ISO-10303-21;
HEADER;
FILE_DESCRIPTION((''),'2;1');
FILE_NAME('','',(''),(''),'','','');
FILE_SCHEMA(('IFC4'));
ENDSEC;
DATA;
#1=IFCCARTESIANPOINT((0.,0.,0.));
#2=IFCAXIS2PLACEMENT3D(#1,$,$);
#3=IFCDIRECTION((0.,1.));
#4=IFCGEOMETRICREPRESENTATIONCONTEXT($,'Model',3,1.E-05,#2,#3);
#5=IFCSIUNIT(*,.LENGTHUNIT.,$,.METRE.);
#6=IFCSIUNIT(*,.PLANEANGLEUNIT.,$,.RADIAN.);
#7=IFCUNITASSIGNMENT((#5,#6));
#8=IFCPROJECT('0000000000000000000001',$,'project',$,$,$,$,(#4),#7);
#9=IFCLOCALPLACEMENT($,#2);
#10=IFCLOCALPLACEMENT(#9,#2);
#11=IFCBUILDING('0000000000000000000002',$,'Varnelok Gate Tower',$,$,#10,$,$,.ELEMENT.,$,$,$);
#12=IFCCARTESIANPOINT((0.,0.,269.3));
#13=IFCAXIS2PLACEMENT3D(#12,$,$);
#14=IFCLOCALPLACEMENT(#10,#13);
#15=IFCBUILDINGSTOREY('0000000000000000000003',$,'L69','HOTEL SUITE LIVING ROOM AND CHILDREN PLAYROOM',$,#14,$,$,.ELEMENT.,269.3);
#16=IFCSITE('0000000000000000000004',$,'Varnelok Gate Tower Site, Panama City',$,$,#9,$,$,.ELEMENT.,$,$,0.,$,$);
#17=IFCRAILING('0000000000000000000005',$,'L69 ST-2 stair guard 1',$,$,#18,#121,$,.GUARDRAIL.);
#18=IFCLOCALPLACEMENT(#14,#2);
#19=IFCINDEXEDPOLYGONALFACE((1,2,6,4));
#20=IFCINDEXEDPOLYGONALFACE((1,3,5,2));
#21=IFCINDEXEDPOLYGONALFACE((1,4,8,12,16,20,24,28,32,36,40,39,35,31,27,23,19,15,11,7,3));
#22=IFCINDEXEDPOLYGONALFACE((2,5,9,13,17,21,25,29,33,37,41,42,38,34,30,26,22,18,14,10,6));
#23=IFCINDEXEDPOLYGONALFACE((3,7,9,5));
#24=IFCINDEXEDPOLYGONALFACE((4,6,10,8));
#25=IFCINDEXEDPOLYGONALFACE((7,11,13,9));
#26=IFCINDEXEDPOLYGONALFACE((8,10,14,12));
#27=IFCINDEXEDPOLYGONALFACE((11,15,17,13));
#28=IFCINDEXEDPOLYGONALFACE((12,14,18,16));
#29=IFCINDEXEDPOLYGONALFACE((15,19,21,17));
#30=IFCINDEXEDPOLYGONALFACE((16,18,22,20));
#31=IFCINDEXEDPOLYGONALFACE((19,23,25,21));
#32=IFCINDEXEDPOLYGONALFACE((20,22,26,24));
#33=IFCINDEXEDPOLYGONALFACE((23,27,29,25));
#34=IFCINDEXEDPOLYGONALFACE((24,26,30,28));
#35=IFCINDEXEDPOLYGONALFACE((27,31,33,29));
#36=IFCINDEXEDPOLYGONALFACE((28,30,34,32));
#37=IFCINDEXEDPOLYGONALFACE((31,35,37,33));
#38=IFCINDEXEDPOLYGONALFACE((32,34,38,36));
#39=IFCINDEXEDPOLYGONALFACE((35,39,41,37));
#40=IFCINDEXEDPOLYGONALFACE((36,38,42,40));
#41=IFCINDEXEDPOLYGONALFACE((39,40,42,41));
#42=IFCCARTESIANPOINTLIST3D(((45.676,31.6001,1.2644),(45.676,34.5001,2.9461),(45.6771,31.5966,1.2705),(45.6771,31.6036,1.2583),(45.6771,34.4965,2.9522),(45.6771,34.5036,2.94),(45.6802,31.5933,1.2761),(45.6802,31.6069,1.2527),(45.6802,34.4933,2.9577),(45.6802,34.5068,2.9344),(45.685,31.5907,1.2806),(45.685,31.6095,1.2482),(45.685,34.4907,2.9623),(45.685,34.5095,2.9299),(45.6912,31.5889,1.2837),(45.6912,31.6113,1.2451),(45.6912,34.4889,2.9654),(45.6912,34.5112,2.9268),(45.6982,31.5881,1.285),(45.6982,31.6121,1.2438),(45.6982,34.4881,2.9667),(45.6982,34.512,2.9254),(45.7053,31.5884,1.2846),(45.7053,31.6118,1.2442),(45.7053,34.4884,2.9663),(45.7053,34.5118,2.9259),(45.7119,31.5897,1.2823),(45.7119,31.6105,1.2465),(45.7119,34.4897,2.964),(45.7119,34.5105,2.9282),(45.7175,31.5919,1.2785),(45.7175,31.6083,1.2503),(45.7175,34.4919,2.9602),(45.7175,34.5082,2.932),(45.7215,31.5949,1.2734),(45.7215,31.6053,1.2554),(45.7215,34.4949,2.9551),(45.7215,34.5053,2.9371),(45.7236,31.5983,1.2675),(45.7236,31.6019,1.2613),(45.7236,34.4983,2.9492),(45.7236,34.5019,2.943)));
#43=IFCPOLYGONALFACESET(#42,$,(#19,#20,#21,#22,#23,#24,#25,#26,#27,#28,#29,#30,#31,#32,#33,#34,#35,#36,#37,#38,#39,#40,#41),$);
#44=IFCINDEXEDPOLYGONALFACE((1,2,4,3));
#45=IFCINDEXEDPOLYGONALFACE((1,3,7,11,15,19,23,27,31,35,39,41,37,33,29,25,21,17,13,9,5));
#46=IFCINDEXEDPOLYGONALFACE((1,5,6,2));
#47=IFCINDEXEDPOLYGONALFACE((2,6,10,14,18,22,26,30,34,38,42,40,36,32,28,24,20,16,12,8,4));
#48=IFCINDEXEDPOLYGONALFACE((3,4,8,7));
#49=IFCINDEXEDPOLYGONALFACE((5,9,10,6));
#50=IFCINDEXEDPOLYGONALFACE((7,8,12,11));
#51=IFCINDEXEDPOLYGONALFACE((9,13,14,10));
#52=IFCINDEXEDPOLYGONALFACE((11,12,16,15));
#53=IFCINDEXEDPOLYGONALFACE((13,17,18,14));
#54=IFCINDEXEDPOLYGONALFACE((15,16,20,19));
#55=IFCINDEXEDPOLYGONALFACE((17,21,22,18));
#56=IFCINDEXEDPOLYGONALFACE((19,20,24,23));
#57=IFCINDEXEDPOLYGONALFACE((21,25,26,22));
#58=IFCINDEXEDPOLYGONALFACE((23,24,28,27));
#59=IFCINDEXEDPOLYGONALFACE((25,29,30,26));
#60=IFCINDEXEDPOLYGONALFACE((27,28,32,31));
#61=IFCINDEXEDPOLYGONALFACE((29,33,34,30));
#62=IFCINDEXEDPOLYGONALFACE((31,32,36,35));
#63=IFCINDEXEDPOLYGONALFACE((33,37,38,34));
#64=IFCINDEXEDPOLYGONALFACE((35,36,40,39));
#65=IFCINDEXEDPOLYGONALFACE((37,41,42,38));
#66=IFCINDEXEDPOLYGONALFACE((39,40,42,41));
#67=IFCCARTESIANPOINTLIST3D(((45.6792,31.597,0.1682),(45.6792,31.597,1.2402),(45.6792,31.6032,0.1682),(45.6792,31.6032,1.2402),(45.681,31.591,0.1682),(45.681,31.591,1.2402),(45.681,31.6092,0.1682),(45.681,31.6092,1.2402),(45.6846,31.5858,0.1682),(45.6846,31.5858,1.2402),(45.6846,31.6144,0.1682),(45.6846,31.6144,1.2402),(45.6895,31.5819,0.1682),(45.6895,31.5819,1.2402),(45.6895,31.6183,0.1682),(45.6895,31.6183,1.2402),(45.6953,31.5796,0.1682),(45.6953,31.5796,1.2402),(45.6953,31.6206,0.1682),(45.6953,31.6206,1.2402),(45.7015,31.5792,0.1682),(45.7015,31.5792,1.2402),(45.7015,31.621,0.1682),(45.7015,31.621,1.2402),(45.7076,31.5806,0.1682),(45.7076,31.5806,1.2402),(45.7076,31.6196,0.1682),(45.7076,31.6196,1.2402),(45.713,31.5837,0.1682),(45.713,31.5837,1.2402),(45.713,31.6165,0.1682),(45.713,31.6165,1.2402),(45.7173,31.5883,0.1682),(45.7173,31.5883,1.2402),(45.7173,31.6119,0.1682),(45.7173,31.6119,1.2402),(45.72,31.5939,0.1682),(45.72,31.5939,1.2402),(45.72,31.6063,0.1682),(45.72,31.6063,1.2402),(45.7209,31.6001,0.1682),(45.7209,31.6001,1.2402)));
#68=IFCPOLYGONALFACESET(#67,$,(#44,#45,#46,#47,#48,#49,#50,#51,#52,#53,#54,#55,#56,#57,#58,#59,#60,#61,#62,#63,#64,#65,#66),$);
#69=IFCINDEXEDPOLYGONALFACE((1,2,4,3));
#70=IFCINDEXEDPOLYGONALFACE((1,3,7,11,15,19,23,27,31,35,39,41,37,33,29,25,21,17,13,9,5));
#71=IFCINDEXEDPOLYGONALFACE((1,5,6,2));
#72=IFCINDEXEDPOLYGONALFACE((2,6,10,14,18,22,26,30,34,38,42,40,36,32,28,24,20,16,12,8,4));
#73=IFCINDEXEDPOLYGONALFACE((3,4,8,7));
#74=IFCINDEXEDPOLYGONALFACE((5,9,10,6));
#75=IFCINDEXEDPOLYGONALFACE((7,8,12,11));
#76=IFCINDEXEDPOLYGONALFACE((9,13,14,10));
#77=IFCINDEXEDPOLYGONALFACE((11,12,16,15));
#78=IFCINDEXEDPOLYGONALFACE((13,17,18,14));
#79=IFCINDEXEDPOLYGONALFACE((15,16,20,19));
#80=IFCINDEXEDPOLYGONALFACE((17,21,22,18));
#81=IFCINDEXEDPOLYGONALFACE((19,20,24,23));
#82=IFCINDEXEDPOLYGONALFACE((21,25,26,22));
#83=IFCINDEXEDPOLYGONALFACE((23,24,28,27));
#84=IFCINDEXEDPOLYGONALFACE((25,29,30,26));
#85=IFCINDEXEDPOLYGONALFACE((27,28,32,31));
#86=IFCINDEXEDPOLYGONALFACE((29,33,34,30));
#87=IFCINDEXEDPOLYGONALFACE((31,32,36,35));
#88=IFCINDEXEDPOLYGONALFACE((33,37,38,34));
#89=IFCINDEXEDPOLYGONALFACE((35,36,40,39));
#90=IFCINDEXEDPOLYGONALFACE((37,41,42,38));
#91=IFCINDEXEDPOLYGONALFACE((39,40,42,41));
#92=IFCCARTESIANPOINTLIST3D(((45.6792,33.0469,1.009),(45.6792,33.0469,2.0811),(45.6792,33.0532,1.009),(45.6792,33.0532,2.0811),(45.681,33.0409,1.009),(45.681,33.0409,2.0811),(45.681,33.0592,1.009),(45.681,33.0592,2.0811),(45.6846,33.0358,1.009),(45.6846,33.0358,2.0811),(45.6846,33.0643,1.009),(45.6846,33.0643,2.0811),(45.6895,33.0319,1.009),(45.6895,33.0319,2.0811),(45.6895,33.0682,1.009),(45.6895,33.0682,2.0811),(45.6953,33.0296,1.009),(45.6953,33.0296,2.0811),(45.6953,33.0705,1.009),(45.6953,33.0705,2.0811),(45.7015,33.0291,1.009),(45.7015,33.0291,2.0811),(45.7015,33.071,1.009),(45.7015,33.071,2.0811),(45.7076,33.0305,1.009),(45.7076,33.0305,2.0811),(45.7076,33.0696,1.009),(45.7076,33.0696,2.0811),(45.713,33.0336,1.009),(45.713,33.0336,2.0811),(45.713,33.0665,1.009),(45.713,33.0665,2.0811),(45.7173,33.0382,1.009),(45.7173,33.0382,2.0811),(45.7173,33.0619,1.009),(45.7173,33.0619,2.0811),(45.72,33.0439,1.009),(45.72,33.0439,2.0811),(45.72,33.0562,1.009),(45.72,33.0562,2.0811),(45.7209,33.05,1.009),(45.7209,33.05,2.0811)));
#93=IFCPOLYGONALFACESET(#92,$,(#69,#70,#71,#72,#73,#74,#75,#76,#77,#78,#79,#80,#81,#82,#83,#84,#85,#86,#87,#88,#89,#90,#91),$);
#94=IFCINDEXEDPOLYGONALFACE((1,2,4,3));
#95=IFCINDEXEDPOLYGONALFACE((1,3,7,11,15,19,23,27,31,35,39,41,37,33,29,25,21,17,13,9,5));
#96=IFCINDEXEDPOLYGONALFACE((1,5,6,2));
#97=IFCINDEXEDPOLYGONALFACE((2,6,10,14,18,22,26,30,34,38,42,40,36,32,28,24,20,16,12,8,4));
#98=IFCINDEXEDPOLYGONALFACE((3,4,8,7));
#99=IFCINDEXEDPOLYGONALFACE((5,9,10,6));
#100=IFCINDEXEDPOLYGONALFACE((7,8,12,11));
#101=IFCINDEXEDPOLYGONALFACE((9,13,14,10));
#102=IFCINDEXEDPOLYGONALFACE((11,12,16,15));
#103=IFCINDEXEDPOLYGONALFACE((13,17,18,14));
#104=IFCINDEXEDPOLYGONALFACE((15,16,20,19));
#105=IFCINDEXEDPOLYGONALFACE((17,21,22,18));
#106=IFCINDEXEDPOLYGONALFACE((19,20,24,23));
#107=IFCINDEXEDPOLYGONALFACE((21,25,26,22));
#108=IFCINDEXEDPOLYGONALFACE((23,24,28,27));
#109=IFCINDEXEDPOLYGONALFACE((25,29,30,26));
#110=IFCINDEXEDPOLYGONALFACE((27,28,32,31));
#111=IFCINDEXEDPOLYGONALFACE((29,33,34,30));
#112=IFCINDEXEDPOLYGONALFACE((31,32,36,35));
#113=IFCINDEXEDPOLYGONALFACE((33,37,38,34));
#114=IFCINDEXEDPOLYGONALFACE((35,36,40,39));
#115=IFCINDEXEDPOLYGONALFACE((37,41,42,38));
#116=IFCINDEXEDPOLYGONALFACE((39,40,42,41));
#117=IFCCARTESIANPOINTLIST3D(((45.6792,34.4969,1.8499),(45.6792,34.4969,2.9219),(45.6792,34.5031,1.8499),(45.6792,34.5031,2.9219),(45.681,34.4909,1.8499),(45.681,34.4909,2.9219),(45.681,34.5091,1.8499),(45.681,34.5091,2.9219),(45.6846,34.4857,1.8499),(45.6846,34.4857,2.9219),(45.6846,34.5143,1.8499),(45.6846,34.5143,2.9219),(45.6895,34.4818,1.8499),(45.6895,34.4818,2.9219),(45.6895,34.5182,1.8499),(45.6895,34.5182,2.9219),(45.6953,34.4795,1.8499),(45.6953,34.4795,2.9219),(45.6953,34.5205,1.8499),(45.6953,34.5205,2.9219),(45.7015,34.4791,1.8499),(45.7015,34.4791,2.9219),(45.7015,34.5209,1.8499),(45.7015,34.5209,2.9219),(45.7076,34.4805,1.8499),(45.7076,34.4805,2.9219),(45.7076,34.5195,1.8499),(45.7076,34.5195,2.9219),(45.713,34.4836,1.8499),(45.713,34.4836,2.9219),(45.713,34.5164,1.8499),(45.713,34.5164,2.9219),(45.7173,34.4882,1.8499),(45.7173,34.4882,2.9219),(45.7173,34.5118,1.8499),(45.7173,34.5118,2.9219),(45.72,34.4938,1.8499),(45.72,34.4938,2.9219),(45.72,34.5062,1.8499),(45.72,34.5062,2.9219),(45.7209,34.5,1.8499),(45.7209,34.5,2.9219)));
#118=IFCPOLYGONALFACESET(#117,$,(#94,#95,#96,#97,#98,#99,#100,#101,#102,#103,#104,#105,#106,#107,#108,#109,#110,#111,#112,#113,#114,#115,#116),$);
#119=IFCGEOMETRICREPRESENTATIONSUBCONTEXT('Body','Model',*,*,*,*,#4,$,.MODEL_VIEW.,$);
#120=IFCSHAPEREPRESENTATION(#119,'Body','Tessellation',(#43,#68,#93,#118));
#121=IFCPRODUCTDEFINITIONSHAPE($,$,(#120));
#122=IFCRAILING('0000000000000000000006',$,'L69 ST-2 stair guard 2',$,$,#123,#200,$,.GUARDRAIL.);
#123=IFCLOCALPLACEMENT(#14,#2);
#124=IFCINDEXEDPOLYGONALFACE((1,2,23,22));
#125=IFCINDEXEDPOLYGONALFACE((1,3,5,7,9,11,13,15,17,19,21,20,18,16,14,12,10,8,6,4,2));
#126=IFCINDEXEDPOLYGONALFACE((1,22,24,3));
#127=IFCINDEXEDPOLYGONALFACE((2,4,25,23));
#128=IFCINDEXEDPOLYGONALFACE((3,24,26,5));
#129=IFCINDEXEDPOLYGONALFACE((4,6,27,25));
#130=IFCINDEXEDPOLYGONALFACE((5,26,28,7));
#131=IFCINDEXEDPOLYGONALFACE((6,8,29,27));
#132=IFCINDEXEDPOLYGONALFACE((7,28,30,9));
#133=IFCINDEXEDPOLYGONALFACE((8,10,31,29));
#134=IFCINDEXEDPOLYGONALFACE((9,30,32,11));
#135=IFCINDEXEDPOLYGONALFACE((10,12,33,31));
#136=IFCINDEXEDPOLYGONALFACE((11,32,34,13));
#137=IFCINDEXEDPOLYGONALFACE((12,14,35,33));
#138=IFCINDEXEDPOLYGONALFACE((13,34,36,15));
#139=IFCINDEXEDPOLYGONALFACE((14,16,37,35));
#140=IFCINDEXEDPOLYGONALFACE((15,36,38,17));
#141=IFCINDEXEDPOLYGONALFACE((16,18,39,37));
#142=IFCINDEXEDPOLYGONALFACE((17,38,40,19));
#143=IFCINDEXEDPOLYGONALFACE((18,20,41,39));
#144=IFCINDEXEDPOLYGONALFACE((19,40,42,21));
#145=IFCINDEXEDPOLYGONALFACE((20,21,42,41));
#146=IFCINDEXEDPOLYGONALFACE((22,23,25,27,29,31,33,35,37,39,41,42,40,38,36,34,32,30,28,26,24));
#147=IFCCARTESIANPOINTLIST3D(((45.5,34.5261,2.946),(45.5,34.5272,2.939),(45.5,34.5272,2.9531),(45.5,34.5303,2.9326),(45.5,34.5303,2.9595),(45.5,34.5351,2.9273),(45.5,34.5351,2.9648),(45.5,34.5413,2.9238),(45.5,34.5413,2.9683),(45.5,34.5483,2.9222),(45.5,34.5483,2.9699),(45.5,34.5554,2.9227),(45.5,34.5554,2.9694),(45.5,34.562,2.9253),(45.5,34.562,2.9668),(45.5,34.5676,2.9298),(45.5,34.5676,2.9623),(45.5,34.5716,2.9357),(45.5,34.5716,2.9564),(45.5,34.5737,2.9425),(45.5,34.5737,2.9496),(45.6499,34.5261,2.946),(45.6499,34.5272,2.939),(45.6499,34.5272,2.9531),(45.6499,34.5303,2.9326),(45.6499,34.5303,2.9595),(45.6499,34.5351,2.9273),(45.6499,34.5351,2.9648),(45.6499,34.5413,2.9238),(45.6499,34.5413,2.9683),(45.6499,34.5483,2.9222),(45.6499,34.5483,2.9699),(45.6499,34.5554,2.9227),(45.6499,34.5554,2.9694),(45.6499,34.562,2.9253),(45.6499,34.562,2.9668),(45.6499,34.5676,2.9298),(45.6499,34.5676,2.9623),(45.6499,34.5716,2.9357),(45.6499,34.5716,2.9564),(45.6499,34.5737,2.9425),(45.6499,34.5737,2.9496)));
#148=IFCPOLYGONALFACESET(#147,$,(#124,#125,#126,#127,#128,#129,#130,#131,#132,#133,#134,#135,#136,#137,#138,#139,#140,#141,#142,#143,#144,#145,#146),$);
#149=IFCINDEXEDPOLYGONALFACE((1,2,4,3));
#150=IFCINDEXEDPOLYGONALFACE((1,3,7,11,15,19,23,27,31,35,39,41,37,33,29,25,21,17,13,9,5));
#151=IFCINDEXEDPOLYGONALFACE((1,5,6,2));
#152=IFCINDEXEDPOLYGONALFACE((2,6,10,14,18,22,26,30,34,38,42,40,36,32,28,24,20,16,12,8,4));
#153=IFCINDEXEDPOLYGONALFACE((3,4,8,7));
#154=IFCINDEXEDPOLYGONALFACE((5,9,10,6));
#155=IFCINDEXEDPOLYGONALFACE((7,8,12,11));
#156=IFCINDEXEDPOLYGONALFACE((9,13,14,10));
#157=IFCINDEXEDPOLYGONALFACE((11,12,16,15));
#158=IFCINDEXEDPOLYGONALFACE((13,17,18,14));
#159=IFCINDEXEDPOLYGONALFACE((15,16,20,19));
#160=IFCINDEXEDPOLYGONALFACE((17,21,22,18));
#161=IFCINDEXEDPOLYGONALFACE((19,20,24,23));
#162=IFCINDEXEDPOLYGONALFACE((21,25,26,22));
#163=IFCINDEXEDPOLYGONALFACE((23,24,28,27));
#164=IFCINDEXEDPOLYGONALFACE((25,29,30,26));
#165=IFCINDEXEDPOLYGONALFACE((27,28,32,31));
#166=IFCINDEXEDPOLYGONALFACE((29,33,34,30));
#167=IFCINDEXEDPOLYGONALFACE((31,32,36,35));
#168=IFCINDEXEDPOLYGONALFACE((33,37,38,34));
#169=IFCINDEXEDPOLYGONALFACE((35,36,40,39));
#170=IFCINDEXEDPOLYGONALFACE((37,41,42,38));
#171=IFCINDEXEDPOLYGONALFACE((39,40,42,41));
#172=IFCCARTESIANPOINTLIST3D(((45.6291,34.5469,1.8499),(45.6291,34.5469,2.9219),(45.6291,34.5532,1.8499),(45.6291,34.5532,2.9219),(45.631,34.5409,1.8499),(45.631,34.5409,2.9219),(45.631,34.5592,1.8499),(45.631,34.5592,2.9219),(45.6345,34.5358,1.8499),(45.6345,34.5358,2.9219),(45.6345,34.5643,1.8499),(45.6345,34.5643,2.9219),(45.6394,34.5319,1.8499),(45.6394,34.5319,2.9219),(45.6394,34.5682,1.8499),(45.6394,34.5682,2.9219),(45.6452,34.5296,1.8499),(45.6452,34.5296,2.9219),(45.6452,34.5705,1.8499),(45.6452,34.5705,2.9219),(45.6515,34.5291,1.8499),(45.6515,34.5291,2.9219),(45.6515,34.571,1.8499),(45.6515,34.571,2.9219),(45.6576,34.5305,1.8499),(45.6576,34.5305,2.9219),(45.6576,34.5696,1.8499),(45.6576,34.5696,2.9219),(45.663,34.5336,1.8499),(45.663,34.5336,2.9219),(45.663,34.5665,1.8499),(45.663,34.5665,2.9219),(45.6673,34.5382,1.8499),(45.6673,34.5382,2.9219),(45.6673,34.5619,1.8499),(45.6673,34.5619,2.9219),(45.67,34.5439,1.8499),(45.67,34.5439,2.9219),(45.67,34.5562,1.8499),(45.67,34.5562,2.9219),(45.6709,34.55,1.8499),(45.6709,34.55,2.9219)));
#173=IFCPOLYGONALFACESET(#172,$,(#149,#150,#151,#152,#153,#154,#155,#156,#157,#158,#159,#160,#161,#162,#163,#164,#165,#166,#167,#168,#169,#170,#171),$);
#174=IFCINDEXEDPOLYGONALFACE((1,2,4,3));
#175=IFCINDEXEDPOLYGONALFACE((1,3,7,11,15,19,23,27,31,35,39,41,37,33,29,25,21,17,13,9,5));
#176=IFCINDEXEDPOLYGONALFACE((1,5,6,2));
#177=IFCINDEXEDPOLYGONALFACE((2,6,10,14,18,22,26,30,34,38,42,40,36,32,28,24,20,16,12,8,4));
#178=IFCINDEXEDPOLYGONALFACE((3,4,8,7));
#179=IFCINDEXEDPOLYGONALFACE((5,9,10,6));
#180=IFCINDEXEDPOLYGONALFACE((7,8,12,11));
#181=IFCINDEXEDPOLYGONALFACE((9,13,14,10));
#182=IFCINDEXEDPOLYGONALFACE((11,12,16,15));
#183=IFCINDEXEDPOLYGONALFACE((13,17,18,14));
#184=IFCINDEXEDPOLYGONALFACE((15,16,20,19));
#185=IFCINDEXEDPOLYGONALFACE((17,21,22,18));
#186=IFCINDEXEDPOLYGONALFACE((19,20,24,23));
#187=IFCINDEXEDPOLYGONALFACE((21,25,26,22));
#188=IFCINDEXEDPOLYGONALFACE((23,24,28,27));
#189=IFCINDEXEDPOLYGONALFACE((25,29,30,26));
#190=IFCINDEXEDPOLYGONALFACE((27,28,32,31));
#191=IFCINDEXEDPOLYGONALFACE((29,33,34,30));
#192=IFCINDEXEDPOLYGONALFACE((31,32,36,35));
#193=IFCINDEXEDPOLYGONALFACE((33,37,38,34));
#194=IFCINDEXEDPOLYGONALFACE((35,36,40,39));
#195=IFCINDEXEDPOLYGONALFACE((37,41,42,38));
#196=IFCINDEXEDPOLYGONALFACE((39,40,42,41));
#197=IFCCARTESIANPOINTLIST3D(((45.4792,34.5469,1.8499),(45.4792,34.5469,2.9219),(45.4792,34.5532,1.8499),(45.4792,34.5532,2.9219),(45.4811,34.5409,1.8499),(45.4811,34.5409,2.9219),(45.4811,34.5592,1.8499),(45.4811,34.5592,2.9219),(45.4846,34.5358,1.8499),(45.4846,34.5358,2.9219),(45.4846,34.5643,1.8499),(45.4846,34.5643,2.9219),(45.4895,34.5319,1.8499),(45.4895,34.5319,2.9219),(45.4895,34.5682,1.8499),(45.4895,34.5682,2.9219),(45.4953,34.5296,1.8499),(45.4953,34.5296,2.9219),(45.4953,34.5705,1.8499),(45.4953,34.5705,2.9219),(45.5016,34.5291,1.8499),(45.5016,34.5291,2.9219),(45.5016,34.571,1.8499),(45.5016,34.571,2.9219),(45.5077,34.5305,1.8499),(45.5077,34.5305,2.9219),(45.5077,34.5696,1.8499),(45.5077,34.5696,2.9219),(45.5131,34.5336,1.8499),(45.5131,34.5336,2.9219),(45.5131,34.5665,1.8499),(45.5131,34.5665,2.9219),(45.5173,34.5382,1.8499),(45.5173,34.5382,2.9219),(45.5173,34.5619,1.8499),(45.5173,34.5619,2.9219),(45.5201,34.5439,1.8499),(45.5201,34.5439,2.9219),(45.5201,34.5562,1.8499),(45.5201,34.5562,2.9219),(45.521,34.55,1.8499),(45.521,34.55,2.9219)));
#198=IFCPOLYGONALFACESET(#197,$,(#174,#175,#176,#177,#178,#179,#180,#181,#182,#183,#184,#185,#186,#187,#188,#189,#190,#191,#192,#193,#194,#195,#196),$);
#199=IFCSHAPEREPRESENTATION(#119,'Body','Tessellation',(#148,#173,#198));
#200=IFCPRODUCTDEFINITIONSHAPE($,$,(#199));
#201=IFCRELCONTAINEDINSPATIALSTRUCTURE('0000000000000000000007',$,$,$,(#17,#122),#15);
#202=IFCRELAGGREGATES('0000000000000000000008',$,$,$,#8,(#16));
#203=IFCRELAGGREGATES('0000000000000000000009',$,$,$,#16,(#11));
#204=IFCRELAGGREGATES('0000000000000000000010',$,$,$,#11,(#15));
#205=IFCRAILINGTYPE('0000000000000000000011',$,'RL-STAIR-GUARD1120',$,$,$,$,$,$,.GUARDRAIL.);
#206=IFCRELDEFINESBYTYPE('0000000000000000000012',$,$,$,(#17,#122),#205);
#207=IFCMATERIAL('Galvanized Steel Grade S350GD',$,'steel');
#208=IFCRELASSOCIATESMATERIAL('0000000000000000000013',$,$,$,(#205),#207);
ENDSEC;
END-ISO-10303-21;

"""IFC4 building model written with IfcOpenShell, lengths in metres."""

from ifc_helpers import new_model, si_unit, direction, frame, origin, origin_2d, place, context, subcontext, project, spatial, circle, extrude, material, type_object, element, save


model = new_model("IFC4")

# Units and contexts
model_context = context("Model", 3, precision=1e-05, world=origin(), true_north=direction((0.0, 1.0)))
body_context = subcontext(model_context, "Body", "Model", "MODEL_VIEW")
ifc_project = project(units=[si_unit("LENGTHUNIT", "METRE"), si_unit("PLANEANGLEUNIT", "RADIAN")], contexts=[model_context])

# Site, building, storey
site_placement = place(None, origin())
site = spatial("IfcSite", under=ifc_project, at=site_placement, Name="Varnelok Gate Tower Site, Panama City", CompositionType="ELEMENT", RefElevation=0.0)
building_placement = place(site_placement, origin())
building = spatial("IfcBuilding", under=site, at=building_placement, Name="Varnelok Gate Tower", CompositionType="ELEMENT")
storey_placement = place(building_placement, frame((0.0, 0.0, 269.3)))
storey = spatial("IfcBuildingStorey", under=building, at=storey_placement, Name="L69", Description="HOTEL SUITE LIVING ROOM AND CHILDREN PLAYROOM", CompositionType="ELEMENT", Elevation=269.3)

# Shared definitions
ifc_material_1 = material(Name="Galvanized Steel Grade S350GD", Category="steel")

# Railings
railing_type_1 = type_object("IfcRailingType", Name="RL-STAIR-GUARD1120", PredefinedType="GUARDRAIL", material=ifc_material_1)
railing_1_placement = place(storey_placement, frame((45.7, 31.6001, 0.1682)))
element("IfcRailing", 1, at=railing_1_placement, inside=storey, type_object=railing_type_1, Name="L69 ST-2 stair guard 1", PredefinedType="GUARDRAIL", context=body_context, shape_type="SweptSolid", body=[
    extrude(circle(Radius=0.0239, at=origin_2d()), frame((0.0, 0.0, 1.0962), z_axis=(0.0, 0.86507, 0.501651), x_axis=(-1.0, 0.0, 0.0)), (0.0, 0.0, 1.0), 3.3523),
    extrude(circle(Radius=0.021, at=origin_2d()), origin(), (0.0, 0.0, 1.0), 1.072),
    extrude(circle(Radius=0.021, at=origin_2d()), frame((0.0, 1.45, 0.8408)), (0.0, 0.0, 1.0), 1.072),
    extrude(circle(Radius=0.021, at=origin_2d()), frame((0.0, 2.8999, 1.6816)), (0.0, 0.0, 1.0), 1.072),
])
railing_2_placement = place(storey_placement, frame((45.6499, 34.55, 1.8499)))
element("IfcRailing", 2, at=railing_2_placement, inside=storey, type_object=railing_type_1, Name="L69 ST-2 stair guard 2", PredefinedType="GUARDRAIL", context=body_context, shape_type="SweptSolid", body=[
    extrude(circle(Radius=0.0239, at=origin_2d()), frame((0.0, 0.0, 1.0962), z_axis=(-1.0, 0.0, 0.0), x_axis=(0.0, -1.0, 0.0)), (0.0, 0.0, 1.0), 0.1499),
    extrude(circle(Radius=0.021, at=origin_2d()), origin(), (0.0, 0.0, 1.0), 1.072),
    extrude(circle(Radius=0.021, at=origin_2d()), frame((-0.1499, 0.0, 0.0)), (0.0, 0.0, 1.0), 1.072),
])

save(model, "model.ifc")
